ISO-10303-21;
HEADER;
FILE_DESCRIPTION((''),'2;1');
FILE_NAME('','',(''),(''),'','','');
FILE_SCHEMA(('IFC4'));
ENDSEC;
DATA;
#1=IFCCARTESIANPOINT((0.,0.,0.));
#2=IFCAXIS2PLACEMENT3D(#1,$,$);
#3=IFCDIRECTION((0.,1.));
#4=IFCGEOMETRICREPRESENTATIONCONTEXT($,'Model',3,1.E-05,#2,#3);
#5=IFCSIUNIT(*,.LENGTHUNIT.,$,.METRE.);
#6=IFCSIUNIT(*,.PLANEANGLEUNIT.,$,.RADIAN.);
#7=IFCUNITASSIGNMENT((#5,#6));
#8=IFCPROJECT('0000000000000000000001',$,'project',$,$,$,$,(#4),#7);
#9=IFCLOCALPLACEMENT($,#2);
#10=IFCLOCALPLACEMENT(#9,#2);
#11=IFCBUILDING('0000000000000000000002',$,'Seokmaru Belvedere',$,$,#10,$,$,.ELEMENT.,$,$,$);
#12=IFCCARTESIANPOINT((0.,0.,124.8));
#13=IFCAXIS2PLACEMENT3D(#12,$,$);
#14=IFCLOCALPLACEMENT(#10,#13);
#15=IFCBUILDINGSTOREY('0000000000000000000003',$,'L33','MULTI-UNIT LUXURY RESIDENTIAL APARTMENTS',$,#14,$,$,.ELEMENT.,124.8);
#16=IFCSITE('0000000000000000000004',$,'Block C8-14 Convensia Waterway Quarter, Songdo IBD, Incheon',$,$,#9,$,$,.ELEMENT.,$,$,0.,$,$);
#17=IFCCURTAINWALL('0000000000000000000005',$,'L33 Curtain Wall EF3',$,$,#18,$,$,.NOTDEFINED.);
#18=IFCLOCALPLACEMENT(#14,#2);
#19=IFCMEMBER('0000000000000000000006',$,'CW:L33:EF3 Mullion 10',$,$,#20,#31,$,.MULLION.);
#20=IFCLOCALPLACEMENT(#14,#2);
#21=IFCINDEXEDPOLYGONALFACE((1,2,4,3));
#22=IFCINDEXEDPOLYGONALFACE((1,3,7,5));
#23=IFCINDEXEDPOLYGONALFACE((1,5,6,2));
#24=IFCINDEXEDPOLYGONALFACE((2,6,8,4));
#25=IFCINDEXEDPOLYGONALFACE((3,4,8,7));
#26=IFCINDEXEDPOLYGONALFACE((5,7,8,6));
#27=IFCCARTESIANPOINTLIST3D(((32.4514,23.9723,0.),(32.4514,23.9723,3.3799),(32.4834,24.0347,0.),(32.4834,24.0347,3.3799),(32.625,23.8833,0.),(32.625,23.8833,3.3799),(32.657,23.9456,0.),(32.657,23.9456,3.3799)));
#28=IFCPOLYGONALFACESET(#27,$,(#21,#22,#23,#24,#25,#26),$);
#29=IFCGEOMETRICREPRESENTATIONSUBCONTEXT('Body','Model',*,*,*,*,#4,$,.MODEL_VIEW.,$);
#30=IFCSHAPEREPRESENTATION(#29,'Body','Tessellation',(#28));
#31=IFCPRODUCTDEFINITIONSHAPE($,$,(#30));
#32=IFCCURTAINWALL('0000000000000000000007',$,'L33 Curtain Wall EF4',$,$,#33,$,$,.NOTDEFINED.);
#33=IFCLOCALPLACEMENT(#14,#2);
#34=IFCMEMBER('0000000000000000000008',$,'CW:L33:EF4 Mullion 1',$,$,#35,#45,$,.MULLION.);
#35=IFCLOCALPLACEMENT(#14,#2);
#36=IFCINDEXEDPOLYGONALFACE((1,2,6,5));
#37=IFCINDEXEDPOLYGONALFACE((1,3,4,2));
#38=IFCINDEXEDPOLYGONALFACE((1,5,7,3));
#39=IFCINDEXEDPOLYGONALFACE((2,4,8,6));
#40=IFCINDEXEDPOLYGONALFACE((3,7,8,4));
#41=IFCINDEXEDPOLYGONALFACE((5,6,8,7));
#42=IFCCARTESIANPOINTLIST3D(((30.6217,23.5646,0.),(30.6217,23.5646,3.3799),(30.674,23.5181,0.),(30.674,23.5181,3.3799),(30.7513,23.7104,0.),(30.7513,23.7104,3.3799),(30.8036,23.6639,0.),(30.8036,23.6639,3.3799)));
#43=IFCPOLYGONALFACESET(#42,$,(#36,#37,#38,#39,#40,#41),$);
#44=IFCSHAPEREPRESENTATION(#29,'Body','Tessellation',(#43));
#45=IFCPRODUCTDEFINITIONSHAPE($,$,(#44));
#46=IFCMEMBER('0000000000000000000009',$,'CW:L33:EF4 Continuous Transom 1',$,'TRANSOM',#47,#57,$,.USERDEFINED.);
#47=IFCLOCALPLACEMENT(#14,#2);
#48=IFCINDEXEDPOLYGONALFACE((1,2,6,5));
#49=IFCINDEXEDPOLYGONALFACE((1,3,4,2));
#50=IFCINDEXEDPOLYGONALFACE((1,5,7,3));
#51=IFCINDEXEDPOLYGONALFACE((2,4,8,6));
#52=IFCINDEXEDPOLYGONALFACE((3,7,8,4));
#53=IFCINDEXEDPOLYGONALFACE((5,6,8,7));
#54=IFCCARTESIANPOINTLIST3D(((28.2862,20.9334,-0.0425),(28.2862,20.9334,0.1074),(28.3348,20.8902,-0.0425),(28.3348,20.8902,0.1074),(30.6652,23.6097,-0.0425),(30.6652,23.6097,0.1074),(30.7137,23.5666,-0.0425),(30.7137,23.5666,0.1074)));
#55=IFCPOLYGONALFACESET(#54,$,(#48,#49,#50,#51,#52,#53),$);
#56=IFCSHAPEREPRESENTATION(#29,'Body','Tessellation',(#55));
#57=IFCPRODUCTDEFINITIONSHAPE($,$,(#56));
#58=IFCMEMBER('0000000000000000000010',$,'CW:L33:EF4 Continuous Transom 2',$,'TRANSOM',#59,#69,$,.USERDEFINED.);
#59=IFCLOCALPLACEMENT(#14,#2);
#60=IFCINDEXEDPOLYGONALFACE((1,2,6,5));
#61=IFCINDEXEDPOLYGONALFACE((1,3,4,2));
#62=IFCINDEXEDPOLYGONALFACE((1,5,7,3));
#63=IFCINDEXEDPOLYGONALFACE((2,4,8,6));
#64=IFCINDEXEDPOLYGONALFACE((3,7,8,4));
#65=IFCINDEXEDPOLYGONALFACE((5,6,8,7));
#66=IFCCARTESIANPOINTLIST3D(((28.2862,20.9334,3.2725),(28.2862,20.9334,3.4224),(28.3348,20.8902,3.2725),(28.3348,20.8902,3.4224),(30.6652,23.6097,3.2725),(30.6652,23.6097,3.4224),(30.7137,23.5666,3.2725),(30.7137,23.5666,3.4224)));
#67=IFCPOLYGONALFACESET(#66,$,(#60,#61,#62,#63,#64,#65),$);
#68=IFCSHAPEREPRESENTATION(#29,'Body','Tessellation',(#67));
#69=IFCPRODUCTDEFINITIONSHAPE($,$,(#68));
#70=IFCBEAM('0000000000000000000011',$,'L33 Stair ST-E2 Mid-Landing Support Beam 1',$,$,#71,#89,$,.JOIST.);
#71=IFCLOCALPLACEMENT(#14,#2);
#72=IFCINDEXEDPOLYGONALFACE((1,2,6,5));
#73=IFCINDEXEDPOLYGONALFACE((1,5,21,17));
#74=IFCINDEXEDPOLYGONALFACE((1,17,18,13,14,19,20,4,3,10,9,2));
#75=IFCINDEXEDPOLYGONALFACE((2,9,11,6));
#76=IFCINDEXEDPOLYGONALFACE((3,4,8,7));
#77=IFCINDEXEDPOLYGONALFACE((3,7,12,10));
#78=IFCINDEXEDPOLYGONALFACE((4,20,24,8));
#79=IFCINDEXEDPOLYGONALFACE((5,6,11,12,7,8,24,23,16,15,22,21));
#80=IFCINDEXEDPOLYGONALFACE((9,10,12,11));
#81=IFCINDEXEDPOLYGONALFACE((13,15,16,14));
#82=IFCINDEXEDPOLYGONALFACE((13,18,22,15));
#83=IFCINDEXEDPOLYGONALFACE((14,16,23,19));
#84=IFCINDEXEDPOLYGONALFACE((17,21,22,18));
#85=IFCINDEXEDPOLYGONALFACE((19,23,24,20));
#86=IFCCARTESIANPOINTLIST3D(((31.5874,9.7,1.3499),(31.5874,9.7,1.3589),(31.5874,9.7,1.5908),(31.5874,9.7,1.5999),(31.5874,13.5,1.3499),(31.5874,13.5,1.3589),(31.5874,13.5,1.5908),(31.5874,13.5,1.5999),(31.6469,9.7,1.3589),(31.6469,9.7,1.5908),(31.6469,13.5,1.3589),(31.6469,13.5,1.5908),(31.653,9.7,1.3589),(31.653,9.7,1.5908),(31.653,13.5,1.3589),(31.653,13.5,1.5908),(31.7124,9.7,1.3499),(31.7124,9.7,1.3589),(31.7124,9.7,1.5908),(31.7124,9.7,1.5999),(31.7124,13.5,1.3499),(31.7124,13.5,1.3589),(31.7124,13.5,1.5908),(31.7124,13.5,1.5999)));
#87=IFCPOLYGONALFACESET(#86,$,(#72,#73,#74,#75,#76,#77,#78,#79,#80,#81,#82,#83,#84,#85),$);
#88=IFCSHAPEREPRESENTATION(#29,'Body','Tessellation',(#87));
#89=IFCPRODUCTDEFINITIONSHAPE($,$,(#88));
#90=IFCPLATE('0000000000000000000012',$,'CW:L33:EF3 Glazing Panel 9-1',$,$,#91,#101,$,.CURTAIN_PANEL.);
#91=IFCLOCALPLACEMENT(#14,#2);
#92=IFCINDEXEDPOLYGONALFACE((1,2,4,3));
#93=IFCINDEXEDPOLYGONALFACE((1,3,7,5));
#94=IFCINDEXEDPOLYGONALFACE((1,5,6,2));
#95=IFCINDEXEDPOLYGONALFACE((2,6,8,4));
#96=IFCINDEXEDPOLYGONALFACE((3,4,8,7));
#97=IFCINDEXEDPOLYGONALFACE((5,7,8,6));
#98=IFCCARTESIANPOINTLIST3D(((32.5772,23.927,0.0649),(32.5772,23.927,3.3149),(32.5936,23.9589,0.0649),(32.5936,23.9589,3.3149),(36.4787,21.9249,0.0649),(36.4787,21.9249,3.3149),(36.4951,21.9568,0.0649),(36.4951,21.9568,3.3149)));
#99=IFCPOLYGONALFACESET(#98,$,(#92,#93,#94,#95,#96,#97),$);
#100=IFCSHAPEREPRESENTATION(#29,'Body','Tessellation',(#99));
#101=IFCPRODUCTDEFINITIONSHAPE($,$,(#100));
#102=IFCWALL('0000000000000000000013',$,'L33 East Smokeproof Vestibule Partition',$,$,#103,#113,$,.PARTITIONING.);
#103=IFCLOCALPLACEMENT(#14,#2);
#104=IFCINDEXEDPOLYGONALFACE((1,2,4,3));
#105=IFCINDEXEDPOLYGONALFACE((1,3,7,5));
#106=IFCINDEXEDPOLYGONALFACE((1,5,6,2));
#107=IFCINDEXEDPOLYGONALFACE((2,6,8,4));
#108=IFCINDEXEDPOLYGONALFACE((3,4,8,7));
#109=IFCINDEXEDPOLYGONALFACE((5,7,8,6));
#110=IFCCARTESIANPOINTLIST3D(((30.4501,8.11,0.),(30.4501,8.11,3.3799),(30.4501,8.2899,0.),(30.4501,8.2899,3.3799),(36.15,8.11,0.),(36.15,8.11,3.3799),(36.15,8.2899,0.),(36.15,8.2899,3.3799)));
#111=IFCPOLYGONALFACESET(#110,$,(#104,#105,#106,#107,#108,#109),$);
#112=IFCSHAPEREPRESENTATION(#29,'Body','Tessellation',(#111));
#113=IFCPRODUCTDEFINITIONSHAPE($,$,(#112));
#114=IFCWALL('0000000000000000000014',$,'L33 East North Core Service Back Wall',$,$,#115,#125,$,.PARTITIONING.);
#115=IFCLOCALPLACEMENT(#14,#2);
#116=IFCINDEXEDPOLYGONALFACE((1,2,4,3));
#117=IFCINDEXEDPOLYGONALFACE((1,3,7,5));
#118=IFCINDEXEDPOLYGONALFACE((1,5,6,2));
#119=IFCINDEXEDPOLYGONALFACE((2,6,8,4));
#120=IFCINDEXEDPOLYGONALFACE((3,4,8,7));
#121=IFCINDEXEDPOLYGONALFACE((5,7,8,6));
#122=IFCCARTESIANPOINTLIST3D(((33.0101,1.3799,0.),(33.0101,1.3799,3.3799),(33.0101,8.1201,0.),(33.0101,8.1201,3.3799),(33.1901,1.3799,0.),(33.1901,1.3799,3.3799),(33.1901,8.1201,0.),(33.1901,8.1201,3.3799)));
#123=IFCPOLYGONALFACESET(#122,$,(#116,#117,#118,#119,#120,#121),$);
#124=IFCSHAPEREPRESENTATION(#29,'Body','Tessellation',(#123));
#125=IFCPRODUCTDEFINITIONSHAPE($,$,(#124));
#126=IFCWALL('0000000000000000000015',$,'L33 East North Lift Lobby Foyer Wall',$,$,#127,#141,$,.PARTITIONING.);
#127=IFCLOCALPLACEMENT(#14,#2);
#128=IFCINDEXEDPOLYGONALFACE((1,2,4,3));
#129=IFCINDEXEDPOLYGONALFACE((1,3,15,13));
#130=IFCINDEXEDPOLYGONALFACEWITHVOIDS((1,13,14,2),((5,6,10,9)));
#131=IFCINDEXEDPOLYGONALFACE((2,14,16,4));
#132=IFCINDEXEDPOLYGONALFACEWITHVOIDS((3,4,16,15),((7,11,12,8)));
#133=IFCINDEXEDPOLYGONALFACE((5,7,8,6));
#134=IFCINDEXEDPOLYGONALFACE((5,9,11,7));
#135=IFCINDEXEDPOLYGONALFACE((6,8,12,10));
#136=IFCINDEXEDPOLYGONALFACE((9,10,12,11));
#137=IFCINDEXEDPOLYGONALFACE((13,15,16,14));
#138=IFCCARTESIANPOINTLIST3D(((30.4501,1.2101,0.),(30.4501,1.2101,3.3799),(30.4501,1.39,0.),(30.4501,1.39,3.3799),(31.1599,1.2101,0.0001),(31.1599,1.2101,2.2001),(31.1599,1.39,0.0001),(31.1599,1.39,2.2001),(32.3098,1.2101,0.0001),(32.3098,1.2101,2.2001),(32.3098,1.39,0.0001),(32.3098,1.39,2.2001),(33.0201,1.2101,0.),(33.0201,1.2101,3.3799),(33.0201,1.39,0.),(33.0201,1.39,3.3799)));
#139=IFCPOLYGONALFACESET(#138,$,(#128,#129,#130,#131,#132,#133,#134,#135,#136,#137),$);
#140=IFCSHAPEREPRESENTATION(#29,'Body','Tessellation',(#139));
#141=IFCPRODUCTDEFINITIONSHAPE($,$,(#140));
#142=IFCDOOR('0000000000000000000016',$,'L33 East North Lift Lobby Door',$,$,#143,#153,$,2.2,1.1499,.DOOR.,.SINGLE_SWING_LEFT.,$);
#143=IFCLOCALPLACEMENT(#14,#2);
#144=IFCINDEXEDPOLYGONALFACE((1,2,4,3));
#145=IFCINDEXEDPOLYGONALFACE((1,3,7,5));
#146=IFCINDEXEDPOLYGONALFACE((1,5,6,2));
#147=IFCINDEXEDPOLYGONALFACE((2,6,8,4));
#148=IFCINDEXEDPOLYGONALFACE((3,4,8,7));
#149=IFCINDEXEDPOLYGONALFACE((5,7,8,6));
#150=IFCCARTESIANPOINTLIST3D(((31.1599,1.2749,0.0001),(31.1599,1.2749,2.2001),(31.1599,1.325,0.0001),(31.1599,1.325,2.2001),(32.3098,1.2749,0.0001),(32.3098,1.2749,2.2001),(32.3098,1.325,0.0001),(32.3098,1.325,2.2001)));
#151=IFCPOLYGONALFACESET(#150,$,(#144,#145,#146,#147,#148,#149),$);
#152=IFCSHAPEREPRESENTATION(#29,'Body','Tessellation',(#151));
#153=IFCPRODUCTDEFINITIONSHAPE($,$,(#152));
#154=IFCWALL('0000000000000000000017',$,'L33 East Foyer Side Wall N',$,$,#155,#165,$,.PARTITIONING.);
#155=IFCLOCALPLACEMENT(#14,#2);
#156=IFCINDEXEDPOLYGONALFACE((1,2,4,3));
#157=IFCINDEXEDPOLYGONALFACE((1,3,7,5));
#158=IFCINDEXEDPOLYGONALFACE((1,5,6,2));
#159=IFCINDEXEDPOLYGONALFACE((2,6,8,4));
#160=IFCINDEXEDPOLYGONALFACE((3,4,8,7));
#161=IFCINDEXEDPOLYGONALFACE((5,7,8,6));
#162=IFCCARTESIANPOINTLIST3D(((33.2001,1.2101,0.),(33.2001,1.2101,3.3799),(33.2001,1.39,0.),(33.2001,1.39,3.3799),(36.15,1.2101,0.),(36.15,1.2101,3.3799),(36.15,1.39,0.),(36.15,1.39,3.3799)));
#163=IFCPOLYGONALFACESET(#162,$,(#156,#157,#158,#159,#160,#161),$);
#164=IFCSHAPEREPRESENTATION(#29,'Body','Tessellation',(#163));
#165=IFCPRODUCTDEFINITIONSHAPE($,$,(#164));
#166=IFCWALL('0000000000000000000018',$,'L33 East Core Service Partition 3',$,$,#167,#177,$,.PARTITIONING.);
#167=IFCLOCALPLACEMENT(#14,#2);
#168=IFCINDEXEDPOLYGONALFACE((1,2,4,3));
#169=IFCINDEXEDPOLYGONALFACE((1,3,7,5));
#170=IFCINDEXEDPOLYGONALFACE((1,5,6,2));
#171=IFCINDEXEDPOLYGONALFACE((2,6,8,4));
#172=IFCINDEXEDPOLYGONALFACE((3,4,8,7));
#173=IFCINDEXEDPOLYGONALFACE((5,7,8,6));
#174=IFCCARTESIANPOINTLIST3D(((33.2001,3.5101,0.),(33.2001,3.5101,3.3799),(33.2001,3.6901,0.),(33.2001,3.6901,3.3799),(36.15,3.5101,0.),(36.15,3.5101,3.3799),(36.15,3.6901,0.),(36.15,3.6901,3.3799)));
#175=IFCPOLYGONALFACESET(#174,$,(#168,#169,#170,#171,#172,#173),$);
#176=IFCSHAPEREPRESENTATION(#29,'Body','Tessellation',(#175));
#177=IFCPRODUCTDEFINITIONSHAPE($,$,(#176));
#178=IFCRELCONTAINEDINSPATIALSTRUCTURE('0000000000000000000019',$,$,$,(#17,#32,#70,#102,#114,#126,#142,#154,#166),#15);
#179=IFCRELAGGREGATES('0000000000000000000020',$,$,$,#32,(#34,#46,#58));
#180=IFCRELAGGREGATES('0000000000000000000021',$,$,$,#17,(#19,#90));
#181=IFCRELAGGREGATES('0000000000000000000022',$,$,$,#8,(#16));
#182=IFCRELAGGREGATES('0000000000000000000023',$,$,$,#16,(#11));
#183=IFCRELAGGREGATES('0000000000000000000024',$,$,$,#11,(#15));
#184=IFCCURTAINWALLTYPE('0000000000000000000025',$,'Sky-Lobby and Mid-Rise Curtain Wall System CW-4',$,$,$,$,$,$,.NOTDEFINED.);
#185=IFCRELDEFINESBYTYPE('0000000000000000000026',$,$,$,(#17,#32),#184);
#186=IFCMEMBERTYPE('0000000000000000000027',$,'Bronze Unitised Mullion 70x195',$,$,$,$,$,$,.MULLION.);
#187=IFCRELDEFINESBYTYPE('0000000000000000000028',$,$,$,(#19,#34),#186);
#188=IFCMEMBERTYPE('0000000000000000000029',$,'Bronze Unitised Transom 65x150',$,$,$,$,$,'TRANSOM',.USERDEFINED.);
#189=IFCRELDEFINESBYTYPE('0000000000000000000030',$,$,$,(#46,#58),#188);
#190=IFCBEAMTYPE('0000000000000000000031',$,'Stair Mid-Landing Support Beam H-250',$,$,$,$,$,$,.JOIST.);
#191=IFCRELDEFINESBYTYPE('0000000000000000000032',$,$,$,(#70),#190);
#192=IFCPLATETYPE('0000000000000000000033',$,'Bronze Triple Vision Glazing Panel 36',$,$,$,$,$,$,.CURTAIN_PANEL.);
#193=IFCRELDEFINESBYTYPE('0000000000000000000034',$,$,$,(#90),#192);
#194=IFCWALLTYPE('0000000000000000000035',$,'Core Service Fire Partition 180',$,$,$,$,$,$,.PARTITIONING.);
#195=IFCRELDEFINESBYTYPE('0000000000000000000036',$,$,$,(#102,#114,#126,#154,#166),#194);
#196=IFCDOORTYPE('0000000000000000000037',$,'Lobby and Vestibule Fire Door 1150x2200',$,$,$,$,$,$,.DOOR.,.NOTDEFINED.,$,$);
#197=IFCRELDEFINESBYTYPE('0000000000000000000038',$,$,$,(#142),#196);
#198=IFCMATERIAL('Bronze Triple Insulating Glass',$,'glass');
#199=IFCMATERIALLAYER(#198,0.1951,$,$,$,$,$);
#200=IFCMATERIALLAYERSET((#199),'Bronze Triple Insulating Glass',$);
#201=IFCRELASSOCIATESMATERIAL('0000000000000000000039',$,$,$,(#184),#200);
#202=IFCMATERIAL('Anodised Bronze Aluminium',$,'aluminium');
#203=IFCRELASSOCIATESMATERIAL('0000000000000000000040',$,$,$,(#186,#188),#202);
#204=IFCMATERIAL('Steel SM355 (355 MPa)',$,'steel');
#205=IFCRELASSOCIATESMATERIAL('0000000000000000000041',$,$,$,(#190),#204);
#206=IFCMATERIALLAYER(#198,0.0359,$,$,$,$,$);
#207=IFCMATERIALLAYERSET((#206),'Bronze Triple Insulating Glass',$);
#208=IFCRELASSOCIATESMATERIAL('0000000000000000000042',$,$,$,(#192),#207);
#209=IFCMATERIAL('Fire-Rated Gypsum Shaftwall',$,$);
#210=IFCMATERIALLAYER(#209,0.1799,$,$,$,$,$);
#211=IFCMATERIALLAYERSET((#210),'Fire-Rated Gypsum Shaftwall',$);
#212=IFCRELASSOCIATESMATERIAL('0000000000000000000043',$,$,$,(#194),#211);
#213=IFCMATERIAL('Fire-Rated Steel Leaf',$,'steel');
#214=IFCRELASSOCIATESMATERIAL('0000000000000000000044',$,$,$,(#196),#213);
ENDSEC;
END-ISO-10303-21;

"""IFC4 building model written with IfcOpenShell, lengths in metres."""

from ifc_helpers import new_model, si_unit, direction, frame, frame_2d, origin, origin_2d, place, context, subcontext, project, spatial, rectangle, i_section, extrude, source, transform, mapped, material, layer, layer_set, material_profile, profile_set, type_object, type_shapes, element, fill, aggregate, save


model = new_model("IFC4")

# Units and contexts
model_context = context("Model", 3, precision=1e-05, world=origin(), true_north=direction((0.0, 1.0)))
body_context = subcontext(model_context, "Body", "Model", "MODEL_VIEW")
ifc_project = project(units=[si_unit("LENGTHUNIT", "METRE"), si_unit("PLANEANGLEUNIT", "RADIAN")], contexts=[model_context])

# Site, building, storey
site_placement = place(None, origin())
site = spatial("IfcSite", under=ifc_project, at=site_placement, Name="Block C8-14 Convensia Waterway Quarter, Songdo IBD, Incheon", CompositionType="ELEMENT", RefElevation=0.0)
building_placement = place(site_placement, origin())
building = spatial("IfcBuilding", under=site, at=building_placement, Name="Seokmaru Belvedere", CompositionType="ELEMENT")
storey_placement = place(building_placement, frame((0.0, 0.0, 124.8)))
storey = spatial("IfcBuildingStorey", under=building, at=storey_placement, Name="L33", Description="MULTI-UNIT LUXURY RESIDENTIAL APARTMENTS", CompositionType="ELEMENT", Elevation=124.8)

# Shared definitions
ifc_material_1 = material(Name="Steel SM355 (355 MPa)", Category="steel")

# Curtain wall, member
ifc_material_2 = material(Name="Bronze Triple Insulating Glass", Category="glass")
ifc_layer_1 = layer(ifc_material_2, 0.1951)
ifc_layer_set_1 = layer_set([ifc_layer_1], Name="Bronze Triple Insulating Glass")
curtain_wall_type = type_object("IfcCurtainWallType", Name="Sky-Lobby and Mid-Rise Curtain Wall System CW-4", PredefinedType="NOTDEFINED", material=ifc_layer_set_1)
curtain_wall_1_placement = place(storey_placement, origin())
curtain_wall_1 = element("IfcCurtainWall", 1, at=curtain_wall_1_placement, inside=storey, type_object=curtain_wall_type, Name="L33 Curtain Wall EF3", PredefinedType="NOTDEFINED")
ifc_material_3 = material(Name="Anodised Bronze Aluminium", Category="aluminium")
ifc_material_profile_1 = material_profile(ifc_material_3, rectangle(XDim=0.0701, YDim=0.1951, at=origin_2d()), Name="CW-M-70x195")
ifc_profile_set_1 = profile_set([ifc_material_profile_1], Name="Anodised Bronze Aluminium")
member_type_1 = type_object("IfcMemberType", Name="Bronze Unitised Mullion 70x195", PredefinedType="MULLION", material=ifc_profile_set_1)
shared_shape_1 = source(origin(), body_context, "Body", "SweptSolid", [
    extrude(rectangle(XDim=0.0701, YDim=0.1951, at=origin_2d()), origin(), (0.0, 0.0, 1.0), 3.3799),
])
type_shapes(member_type_1, [shared_shape_1])
member_1_placement = place(storey_placement, frame((32.5542, 23.959, 0.0), z_axis=(0.0, 0.0, 1.0), x_axis=(-0.456555, -0.889695, 0.0)))
member_1 = element("IfcMember", 2, at=member_1_placement, type_object=member_type_1, Name="CW:L33:EF3 Mullion 10", PredefinedType="MULLION", context=body_context, shape_type="MappedRepresentation", body=[
    mapped(shared_shape_1, transform((0.0, 0.0, 0.0), scale=1.0)),
])

# Curtain wall, members
curtain_wall_2_placement = place(storey_placement, origin())
curtain_wall_2 = element("IfcCurtainWall", 3, at=curtain_wall_2_placement, inside=storey, type_object=curtain_wall_type, Name="L33 Curtain Wall EF4", PredefinedType="NOTDEFINED")
member_2_placement = place(storey_placement, frame((30.7126, 23.6143, 0.0), z_axis=(0.0, 0.0, 1.0), x_axis=(0.74741, -0.664363, 0.0)))
member_2 = element("IfcMember", 4, at=member_2_placement, type_object=member_type_1, Name="CW:L33:EF4 Mullion 1", PredefinedType="MULLION", context=body_context, shape_type="MappedRepresentation", body=[
    mapped(shared_shape_1, transform((0.0, 0.0, 0.0), scale=1.0)),
])
ifc_material_profile_2 = material_profile(ifc_material_3, rectangle(XDim=0.0649, YDim=0.1499, at=origin_2d()), Name="CW-T-65x150")
ifc_profile_set_2 = profile_set([ifc_material_profile_2], Name="Anodised Bronze Aluminium")
member_type_2 = type_object("IfcMemberType", Name="Bronze Unitised Transom 65x150", ElementType="TRANSOM", PredefinedType="USERDEFINED", material=ifc_profile_set_2)
shared_shape_2 = source(origin(), body_context, "Body", "SweptSolid", [
    extrude(rectangle(XDim=0.0649, YDim=0.1499, at=origin_2d()), origin(), (0.0, 0.0, 1.0), 3.5808),
])
type_shapes(member_type_2, [shared_shape_2])
member_3_placement = place(storey_placement, frame((30.6895, 23.5881, 0.0325), z_axis=(-0.664364, -0.747409, 0.0), x_axis=(0.747409, -0.664364, 0.0)))
member_3 = element("IfcMember", 5, at=member_3_placement, type_object=member_type_2, Name="CW:L33:EF4 Continuous Transom 1", ObjectType="TRANSOM", PredefinedType="USERDEFINED", context=body_context, shape_type="MappedRepresentation", body=[
    mapped(shared_shape_2, transform((0.0, 0.0, 0.0), scale=1.0)),
])
member_4_placement = place(storey_placement, frame((30.6895, 23.5881, 3.3474), z_axis=(-0.664364, -0.747409, 0.0), x_axis=(0.747409, -0.664364, 0.0)))
member_4 = element("IfcMember", 6, at=member_4_placement, type_object=member_type_2, Name="CW:L33:EF4 Continuous Transom 2", ObjectType="TRANSOM", PredefinedType="USERDEFINED", context=body_context, shape_type="MappedRepresentation", body=[
    mapped(shared_shape_2, transform((0.0, 0.0, 0.0), scale=1.0)),
])
aggregate(curtain_wall_2, [member_2, member_3, member_4])

# Beam
ifc_material_profile_3 = material_profile(ifc_material_1, i_section(OverallWidth=0.125, OverallDepth=0.25, WebThickness=0.0061, FlangeThickness=0.009, at=origin_2d()), Name="H-250x125x6x9")
ifc_profile_set_3 = profile_set([ifc_material_profile_3], Name="Steel SM355 (355 MPa)")
beam_type_1 = type_object("IfcBeamType", Name="Stair Mid-Landing Support Beam H-250", PredefinedType="JOIST", material=ifc_profile_set_3)
shared_shape_3 = source(origin(), body_context, "Body", "SweptSolid", [
    extrude(i_section(OverallWidth=0.125, OverallDepth=0.25, WebThickness=0.0061, FlangeThickness=0.009, at=origin_2d()), origin(), (0.0, 0.0, 1.0), 3.8),
])
type_shapes(beam_type_1, [shared_shape_3])
beam_1_placement = place(storey_placement, frame((31.6499, 9.7, 1.4749), z_axis=(0.0, 1.0, 0.0), x_axis=(-1.0, 0.0, 0.0)))
element("IfcBeam", 7, at=beam_1_placement, inside=storey, type_object=beam_type_1, Name="L33 Stair ST-E2 Mid-Landing Support Beam 1", PredefinedType="JOIST", context=body_context, shape_type="MappedRepresentation", body=[
    mapped(shared_shape_3, transform((0.0, 0.0, 0.0), scale=1.0)),
])

# Plate
ifc_layer_2 = layer(ifc_material_2, 0.0359)
ifc_layer_set_2 = layer_set([ifc_layer_2], Name="Bronze Triple Insulating Glass")
plate_type = type_object("IfcPlateType", Name="Bronze Triple Vision Glazing Panel 36", PredefinedType="CURTAIN_PANEL", material=ifc_layer_set_2)
shared_shape_4 = source(origin(), body_context, "Body", "SweptSolid", [
    extrude(rectangle(XDim=4.3853, YDim=0.0359, at=origin_2d()), origin(), (0.0, 0.0, 1.0), 3.25),
])
type_shapes(plate_type, [shared_shape_4])
plate_placement = place(storey_placement, frame((34.5361, 22.9419, 0.0649), z_axis=(0.0, 0.0, 1.0), x_axis=(-0.889695, 0.456555, 0.0)))
plate = element("IfcPlate", 8, at=plate_placement, type_object=plate_type, Name="CW:L33:EF3 Glazing Panel 9-1", PredefinedType="CURTAIN_PANEL", context=body_context, shape_type="MappedRepresentation", body=[
    mapped(shared_shape_4, transform((0.0, 0.0, 0.0), scale=1.0)),
])
aggregate(curtain_wall_1, [member_1, plate])

# Walls
ifc_material_4 = material(Name="Fire-Rated Gypsum Shaftwall")
ifc_layer_3 = layer(ifc_material_4, 0.1799)
ifc_layer_set_3 = layer_set([ifc_layer_3], Name="Fire-Rated Gypsum Shaftwall")
wall_type_1 = type_object("IfcWallType", Name="Core Service Fire Partition 180", PredefinedType="PARTITIONING", material=ifc_layer_set_3)
wall_1_placement = place(storey_placement, frame((30.45, 8.2, 0.0), z_axis=(0.0, 0.0, 1.0), x_axis=(1.0, 0.0, 0.0)))
element("IfcWall", 9, at=wall_1_placement, inside=storey, type_object=wall_type_1, Name="L33 East Smokeproof Vestibule Partition", PredefinedType="PARTITIONING", context=body_context, shape_type="SweptSolid", body=[
    extrude(rectangle(XDim=5.7, YDim=0.1799, at=frame_2d((2.8501, 0.0))), origin(), (0.0, 0.0, 1.0), 3.3799),
])
wall_2_placement = place(storey_placement, frame((33.1001, 1.3799, 0.0), z_axis=(0.0, 0.0, 1.0), x_axis=(0.0, 1.0, 0.0)))
element("IfcWall", 10, at=wall_2_placement, inside=storey, type_object=wall_type_1, Name="L33 East North Core Service Back Wall", PredefinedType="PARTITIONING", context=body_context, shape_type="SweptSolid", body=[
    extrude(rectangle(XDim=6.7402, YDim=0.1799, at=frame_2d((3.3701, 0.0))), origin(), (0.0, 0.0, 1.0), 3.3799),
])

# Wall, opening, door
wall_3_placement = place(storey_placement, frame((30.45, 1.3, 0.0), z_axis=(0.0, 0.0, 1.0), x_axis=(1.0, 0.0, 0.0)))
wall_3 = element("IfcWall", 11, at=wall_3_placement, inside=storey, type_object=wall_type_1, Name="L33 East North Lift Lobby Foyer Wall", PredefinedType="PARTITIONING", context=body_context, shape_type="SweptSolid", body=[
    extrude(rectangle(XDim=2.5701, YDim=0.1799, at=frame_2d((1.2852, 0.0))), origin(), (0.0, 0.0, 1.0), 3.3799),
])
opening_1_placement = place(wall_3_placement, frame((0.71, 0.0, 0.0)))
opening_1 = element("IfcOpeningElement", 12, at=opening_1_placement, cuts=wall_3, PredefinedType="OPENING", context=body_context, shape_type="SweptSolid", body=[
    extrude(rectangle(XDim=1.1499, YDim=2.2, at=frame_2d((0.575, 1.1001))), frame((0.0, 0.1001, 0.0), z_axis=(0.0, -1.0, 0.0), x_axis=(1.0, 0.0, 0.0)), (0.0, 0.0, 1.0), 0.2),
])
ifc_material_5 = material(Name="Fire-Rated Steel Leaf", Category="steel")
door_type_1 = type_object("IfcDoorType", Name="Lobby and Vestibule Fire Door 1150x2200", OperationType="NOTDEFINED", PredefinedType="DOOR", material=ifc_material_5)
shared_shape_5 = source(origin(), body_context, "Body", "SweptSolid", [
    extrude(rectangle(XDim=1.1499, YDim=2.2, at=frame_2d((0.575, 1.1001))), frame((0.0, 0.0249, 0.0), z_axis=(0.0, -1.0, 0.0), x_axis=(1.0, 0.0, 0.0)), (0.0, 0.0, 1.0), 0.05),
])
type_shapes(door_type_1, [shared_shape_5])
door_1_placement = place(opening_1_placement, origin())
door_1 = element("IfcDoor", 13, at=door_1_placement, inside=storey, type_object=door_type_1, Name="L33 East North Lift Lobby Door", OperationType="SINGLE_SWING_LEFT", OverallHeight=2.2, OverallWidth=1.1499, PredefinedType="DOOR", context=body_context, shape_type="MappedRepresentation", body=[
    mapped(shared_shape_5, transform((0.0, 0.0, 0.0), scale=1.0)),
])
fill(opening_1, door_1)

# Walls
for number, where, z_axis, x_axis, name in (
    (14, (33.2, 1.3, 0.0), (0.0, 0.0, 1.0), (1.0, 0.0, 0.0), "L33 East Foyer Side Wall N"),
    (15, (33.2, 3.6001, 0.0), (0.0, 0.0, 1.0), (1.0, 0.0, 0.0), "L33 East Core Service Partition 3"),
):
    element("IfcWall", number, at=place(storey_placement, frame(where, z_axis=z_axis, x_axis=x_axis)), inside=storey, type_object=wall_type_1, Name=name, PredefinedType="PARTITIONING", context=body_context, shape_type="SweptSolid", body=[
        extrude(rectangle(XDim=2.95, YDim=0.1799, at=frame_2d((1.4751, 0.0))), origin(), (0.0, 0.0, 1.0), 3.3799),
    ])

save(model, "model.ifc")
